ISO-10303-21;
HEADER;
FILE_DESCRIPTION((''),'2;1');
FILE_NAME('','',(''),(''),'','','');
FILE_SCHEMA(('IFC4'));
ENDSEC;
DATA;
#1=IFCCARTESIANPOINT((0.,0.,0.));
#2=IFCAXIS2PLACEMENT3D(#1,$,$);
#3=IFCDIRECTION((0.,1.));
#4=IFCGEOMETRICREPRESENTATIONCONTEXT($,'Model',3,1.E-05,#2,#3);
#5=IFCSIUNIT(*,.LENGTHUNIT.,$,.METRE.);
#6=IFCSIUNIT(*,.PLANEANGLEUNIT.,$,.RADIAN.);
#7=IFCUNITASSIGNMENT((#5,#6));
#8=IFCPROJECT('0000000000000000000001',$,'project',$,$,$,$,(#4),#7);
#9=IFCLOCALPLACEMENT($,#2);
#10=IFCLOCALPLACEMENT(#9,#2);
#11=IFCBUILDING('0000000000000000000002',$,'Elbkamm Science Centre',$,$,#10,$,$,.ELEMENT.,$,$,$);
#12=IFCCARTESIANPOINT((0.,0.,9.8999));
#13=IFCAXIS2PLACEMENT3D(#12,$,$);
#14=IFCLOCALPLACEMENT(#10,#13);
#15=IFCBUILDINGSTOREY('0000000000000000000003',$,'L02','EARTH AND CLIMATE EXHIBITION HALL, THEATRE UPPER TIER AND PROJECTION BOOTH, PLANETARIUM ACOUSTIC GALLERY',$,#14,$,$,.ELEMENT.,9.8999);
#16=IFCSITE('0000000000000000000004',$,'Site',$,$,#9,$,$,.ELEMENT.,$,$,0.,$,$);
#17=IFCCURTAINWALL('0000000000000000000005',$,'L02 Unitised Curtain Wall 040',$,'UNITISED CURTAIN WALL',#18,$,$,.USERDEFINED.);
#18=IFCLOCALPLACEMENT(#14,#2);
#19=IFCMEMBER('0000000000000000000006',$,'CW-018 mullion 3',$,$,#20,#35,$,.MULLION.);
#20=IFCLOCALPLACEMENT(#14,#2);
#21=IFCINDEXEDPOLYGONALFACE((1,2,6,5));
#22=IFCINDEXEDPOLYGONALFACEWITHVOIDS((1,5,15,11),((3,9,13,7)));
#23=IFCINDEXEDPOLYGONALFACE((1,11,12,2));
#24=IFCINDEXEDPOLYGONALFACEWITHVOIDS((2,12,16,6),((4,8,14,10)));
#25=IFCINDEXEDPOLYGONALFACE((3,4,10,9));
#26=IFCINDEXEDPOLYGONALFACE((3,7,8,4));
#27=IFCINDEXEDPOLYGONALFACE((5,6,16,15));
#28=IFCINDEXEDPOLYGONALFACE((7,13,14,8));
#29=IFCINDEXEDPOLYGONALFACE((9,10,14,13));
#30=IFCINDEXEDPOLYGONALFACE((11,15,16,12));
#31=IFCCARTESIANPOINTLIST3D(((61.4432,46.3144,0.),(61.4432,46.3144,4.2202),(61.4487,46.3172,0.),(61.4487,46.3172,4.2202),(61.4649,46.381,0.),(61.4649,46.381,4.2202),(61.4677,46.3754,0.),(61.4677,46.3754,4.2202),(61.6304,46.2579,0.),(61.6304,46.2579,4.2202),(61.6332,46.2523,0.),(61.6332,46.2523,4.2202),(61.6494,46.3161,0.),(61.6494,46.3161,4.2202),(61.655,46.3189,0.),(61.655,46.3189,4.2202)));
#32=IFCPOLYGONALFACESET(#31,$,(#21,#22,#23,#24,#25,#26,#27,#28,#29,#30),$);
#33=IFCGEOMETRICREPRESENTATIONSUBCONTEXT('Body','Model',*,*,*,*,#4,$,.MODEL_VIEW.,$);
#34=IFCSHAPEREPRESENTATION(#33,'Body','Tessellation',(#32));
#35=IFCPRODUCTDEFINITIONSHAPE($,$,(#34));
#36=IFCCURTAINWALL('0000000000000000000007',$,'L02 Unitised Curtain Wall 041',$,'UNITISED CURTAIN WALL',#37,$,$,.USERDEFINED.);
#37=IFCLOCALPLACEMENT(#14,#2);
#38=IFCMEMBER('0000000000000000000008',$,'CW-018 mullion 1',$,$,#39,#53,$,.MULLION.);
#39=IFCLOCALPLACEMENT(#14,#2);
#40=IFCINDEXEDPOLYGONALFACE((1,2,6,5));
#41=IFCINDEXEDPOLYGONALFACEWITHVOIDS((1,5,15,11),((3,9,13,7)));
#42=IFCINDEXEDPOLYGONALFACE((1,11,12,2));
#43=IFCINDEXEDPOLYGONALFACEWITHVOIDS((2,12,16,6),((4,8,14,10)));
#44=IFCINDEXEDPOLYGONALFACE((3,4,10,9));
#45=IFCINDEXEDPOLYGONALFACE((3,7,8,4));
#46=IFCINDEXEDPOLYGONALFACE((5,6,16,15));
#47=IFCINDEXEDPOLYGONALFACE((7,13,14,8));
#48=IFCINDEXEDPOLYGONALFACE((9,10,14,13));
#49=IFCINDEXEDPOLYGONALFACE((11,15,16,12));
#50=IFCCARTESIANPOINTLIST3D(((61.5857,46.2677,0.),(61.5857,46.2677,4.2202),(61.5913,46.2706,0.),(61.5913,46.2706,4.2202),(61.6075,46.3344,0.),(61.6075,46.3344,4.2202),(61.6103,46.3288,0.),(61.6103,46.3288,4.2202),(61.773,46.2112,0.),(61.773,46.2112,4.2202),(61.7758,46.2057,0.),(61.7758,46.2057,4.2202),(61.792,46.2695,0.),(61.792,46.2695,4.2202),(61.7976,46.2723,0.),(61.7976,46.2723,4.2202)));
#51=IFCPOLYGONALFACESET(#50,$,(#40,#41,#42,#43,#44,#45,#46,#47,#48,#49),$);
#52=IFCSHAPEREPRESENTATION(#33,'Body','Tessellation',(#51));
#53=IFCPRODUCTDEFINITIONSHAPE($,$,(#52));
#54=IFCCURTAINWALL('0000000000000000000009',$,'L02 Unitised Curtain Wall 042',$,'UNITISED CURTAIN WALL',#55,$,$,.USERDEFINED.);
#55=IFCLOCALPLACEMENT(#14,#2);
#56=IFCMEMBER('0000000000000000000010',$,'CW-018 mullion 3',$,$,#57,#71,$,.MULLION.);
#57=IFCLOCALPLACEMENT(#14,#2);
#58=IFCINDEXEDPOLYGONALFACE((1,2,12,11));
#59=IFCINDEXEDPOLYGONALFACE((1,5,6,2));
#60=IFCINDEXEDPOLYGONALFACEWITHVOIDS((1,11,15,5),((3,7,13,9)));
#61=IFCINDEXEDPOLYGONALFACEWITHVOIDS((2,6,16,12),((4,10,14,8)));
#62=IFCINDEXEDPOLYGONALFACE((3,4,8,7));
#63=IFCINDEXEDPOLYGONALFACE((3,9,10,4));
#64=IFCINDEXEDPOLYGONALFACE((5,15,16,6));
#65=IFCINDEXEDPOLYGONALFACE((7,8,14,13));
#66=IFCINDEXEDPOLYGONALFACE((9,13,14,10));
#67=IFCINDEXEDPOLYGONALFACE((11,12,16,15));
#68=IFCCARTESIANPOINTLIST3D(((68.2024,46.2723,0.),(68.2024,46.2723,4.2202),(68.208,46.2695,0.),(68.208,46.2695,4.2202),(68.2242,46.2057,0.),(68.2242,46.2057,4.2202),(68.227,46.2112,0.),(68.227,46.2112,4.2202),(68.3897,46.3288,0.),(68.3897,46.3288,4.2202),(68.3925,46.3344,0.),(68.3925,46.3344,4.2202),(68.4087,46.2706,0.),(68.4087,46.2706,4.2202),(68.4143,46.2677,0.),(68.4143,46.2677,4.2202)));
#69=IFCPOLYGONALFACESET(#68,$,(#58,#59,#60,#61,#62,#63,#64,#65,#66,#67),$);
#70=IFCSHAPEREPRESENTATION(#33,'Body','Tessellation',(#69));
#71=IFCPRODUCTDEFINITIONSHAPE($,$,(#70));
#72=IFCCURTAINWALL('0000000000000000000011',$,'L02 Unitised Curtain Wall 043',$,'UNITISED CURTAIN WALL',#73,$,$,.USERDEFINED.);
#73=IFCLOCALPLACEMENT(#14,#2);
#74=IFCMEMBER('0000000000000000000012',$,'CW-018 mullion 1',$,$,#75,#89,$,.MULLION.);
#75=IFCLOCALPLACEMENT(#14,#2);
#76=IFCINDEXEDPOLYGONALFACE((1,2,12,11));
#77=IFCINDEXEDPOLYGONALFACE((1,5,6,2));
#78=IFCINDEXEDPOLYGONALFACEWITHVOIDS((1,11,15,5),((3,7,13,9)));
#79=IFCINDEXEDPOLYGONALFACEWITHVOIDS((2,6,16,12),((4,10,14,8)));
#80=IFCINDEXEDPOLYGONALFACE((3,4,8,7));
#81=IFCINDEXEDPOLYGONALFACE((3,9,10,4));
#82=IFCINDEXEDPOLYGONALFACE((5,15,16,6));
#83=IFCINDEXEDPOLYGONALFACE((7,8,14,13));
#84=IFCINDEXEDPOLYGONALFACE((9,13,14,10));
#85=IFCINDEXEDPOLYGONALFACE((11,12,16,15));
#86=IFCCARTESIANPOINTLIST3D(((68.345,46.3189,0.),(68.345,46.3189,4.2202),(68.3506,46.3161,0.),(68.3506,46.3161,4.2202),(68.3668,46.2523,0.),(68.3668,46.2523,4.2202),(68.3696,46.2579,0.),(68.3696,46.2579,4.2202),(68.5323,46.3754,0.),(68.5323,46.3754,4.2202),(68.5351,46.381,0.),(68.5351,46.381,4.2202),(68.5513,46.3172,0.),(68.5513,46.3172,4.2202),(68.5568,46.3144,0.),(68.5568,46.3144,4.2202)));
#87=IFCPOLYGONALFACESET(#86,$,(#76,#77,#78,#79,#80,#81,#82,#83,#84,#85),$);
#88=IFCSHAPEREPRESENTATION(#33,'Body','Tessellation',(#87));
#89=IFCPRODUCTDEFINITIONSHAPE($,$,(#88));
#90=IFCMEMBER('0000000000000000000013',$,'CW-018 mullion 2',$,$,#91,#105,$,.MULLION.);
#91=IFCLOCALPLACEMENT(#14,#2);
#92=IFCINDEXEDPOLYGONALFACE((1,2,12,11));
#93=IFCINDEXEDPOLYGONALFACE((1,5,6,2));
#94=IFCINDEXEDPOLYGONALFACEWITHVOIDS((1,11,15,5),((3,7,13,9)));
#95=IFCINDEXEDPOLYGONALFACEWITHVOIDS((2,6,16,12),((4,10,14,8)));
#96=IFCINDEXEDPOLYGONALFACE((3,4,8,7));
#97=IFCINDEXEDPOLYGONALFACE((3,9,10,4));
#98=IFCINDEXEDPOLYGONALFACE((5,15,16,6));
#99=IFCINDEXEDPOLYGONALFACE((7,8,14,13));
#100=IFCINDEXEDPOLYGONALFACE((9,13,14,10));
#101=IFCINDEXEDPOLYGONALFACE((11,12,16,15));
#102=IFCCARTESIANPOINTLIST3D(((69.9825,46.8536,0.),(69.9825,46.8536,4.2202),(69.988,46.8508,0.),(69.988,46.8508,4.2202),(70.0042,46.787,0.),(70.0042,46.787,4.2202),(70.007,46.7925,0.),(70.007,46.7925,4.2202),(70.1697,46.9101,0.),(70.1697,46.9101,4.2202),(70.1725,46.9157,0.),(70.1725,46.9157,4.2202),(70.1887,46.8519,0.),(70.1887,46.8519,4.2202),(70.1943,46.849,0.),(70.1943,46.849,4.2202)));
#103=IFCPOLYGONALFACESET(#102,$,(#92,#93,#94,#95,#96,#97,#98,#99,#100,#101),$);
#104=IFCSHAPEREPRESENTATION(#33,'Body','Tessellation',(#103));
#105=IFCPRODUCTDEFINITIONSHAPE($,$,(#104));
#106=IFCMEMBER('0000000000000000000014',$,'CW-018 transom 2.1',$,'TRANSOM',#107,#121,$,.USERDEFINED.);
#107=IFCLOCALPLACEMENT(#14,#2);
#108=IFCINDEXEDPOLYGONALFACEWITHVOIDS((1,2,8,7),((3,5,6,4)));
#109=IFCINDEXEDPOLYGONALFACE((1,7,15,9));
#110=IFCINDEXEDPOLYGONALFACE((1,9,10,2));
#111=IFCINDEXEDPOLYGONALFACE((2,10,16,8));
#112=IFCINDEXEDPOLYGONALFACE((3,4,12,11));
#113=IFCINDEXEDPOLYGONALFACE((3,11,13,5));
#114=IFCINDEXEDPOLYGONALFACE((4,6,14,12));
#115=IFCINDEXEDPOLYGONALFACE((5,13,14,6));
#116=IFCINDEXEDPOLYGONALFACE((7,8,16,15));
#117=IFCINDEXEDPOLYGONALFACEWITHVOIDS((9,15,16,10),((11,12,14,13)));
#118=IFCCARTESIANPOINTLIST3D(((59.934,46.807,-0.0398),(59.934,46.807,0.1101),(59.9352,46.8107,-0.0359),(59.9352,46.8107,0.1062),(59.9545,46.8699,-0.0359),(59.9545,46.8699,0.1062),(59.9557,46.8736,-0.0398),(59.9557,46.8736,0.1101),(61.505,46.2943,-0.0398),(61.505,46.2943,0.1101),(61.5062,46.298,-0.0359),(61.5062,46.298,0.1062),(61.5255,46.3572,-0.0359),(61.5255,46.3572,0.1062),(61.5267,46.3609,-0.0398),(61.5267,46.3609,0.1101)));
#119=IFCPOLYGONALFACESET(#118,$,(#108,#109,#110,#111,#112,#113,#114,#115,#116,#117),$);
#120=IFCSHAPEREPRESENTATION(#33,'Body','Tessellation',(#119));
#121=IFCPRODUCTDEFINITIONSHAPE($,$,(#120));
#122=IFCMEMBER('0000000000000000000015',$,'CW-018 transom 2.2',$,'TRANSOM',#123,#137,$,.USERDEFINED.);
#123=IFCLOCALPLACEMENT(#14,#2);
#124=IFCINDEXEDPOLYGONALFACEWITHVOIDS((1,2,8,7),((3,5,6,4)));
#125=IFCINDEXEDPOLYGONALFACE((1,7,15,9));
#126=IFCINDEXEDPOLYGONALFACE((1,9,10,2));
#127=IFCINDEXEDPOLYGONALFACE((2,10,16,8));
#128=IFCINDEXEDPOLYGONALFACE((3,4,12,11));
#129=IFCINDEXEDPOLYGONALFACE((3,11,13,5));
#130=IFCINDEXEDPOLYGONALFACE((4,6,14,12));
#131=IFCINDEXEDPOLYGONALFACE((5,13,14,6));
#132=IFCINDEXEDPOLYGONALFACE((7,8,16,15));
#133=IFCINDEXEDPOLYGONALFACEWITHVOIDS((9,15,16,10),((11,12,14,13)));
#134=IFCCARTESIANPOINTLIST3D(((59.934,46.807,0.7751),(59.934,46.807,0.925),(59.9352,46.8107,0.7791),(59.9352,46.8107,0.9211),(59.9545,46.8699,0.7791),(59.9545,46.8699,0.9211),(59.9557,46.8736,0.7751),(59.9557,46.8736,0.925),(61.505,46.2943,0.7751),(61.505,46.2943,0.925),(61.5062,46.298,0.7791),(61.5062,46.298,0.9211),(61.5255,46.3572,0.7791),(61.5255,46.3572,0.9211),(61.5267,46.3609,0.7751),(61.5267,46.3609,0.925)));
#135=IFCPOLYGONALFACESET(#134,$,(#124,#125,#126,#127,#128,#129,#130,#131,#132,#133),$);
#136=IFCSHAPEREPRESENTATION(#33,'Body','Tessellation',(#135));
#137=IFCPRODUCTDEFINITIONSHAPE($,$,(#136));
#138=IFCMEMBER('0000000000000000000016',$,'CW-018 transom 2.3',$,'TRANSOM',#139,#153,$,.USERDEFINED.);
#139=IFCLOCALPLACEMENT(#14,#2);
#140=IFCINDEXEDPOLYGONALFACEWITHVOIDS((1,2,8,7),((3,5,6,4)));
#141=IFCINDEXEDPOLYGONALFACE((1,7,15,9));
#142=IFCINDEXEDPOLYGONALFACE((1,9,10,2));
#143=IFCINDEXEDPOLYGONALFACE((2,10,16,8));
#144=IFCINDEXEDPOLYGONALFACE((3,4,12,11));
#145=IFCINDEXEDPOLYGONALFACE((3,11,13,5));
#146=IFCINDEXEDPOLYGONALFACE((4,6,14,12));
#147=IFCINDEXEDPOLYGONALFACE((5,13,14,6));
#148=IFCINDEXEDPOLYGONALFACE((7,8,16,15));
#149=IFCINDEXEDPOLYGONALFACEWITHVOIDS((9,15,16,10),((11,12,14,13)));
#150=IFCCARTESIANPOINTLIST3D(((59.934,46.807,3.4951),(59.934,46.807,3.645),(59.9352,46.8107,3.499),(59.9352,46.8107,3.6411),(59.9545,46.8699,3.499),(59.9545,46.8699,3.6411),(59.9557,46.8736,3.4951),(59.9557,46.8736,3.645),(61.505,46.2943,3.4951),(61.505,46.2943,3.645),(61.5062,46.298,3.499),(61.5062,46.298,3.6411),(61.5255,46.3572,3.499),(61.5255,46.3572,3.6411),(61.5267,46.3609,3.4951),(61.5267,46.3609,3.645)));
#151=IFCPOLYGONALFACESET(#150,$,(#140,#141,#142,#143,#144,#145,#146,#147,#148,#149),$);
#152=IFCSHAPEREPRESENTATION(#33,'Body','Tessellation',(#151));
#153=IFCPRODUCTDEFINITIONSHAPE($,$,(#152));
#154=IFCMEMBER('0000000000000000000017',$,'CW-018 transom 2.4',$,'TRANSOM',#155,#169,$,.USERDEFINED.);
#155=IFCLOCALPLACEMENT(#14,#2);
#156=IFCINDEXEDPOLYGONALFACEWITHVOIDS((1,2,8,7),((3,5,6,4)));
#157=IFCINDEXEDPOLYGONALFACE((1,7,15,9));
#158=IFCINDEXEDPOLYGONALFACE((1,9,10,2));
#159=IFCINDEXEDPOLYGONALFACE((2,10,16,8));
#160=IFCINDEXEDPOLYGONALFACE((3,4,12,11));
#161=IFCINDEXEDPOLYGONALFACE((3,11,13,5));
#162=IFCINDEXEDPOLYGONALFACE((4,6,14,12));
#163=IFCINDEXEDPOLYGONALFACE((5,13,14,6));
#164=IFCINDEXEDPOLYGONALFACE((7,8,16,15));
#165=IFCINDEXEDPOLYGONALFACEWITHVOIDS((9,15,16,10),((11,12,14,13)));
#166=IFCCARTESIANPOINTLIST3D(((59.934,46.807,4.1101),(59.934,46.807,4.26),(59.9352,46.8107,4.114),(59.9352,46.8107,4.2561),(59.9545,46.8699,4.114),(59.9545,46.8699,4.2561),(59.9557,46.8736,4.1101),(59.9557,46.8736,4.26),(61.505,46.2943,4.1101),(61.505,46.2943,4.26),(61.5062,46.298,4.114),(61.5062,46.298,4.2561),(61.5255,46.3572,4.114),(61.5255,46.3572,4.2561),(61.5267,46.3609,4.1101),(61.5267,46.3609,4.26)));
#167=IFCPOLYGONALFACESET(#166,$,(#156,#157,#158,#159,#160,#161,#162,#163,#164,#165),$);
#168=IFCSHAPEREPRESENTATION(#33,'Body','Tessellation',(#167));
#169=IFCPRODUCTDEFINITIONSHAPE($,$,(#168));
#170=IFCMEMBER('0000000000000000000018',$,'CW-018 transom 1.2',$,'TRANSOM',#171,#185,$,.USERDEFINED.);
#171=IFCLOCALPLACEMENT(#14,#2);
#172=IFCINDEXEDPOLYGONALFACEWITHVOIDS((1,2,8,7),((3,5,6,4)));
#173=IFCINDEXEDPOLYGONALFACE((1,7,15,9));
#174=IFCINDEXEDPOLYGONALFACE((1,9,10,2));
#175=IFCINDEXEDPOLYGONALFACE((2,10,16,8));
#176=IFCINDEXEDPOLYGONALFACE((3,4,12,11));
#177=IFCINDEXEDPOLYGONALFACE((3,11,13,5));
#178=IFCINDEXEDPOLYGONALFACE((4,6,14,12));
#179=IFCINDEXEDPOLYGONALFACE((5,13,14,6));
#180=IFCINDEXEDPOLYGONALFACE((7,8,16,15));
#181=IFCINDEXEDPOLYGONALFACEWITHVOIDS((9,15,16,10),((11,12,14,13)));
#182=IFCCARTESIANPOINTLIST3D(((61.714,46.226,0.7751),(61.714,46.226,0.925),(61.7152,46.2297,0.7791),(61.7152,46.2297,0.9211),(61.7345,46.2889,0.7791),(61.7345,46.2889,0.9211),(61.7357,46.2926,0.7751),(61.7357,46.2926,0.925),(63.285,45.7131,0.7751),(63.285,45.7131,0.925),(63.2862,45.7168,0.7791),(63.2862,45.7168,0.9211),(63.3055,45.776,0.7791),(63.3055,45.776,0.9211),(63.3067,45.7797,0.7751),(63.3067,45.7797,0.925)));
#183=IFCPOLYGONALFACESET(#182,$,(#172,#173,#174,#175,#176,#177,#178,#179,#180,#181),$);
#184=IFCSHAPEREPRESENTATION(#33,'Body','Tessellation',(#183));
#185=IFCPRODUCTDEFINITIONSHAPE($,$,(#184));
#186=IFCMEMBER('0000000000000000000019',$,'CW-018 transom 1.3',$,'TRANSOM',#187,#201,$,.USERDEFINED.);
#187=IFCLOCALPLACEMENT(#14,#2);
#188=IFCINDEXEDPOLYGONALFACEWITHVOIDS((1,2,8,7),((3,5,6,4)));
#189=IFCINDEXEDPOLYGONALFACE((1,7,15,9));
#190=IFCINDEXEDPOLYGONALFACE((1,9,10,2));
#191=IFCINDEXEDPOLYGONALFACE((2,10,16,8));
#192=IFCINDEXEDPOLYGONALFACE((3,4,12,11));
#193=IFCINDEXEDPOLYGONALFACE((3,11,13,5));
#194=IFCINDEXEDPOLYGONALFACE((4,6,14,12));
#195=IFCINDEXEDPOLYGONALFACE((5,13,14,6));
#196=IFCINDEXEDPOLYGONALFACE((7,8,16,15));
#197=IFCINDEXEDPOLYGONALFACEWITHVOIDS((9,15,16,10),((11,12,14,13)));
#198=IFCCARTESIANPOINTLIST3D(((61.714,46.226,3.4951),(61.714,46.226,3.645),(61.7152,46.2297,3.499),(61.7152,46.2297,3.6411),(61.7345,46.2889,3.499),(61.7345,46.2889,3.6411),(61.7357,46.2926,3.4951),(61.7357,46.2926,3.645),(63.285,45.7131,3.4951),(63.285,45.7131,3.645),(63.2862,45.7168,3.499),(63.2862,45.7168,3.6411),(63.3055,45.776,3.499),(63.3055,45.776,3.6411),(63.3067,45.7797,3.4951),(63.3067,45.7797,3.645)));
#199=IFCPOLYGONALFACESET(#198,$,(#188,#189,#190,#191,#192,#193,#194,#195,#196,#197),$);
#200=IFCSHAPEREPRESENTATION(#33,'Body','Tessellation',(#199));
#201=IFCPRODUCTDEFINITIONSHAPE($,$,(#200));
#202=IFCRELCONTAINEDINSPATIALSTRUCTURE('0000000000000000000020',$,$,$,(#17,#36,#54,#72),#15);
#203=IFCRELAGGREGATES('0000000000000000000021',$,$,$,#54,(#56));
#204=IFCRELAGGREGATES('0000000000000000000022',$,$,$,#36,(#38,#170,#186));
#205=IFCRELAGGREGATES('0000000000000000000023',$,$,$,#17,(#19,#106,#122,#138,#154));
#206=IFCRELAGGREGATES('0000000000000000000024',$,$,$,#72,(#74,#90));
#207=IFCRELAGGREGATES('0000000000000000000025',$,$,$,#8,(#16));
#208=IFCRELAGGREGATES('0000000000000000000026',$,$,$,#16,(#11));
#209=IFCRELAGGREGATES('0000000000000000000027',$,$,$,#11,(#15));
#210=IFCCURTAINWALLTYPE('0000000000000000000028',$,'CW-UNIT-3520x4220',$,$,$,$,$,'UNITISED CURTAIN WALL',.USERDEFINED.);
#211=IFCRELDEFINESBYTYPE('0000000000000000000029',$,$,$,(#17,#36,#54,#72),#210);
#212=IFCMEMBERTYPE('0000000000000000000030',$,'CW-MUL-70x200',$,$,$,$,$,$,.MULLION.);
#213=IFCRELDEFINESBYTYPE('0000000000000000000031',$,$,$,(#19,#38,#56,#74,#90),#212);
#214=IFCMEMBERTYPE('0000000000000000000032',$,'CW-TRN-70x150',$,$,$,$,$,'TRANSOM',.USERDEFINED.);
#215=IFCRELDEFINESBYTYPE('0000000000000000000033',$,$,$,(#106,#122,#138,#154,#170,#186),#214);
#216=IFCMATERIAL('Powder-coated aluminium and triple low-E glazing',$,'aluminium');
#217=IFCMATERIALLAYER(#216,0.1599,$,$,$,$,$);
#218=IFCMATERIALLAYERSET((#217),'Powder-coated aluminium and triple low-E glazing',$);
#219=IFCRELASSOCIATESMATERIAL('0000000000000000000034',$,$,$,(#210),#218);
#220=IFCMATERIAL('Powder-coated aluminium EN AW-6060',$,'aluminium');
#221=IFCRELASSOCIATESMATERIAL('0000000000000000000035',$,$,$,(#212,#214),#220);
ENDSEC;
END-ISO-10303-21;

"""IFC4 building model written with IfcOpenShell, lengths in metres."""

from ifc_helpers import new_model, si_unit, direction, frame, origin, origin_2d, place, context, subcontext, project, spatial, hollow_rectangle, extrude, material, layer, layer_set, material_profile, profile_set, type_object, element, aggregate, save


model = new_model("IFC4")

# Units and contexts
model_context = context("Model", 3, precision=1e-05, world=origin(), true_north=direction((0.0, 1.0)))
body_context = subcontext(model_context, "Body", "Model", "MODEL_VIEW")
ifc_project = project(units=[si_unit("LENGTHUNIT", "METRE"), si_unit("PLANEANGLEUNIT", "RADIAN")], contexts=[model_context])

# Site, building, storey
site_placement = place(None, origin())
site = spatial("IfcSite", under=ifc_project, at=site_placement, Name="Site", CompositionType="ELEMENT", RefElevation=0.0)
building_placement = place(site_placement, origin())
building = spatial("IfcBuilding", under=site, at=building_placement, Name="Elbkamm Science Centre", CompositionType="ELEMENT")
storey_placement = place(building_placement, frame((0.0, 0.0, 9.8999)))
storey = spatial("IfcBuildingStorey", under=building, at=storey_placement, Name="L02", Description="EARTH AND CLIMATE EXHIBITION HALL, THEATRE UPPER TIER AND PROJECTION BOOTH, PLANETARIUM ACOUSTIC GALLERY", CompositionType="ELEMENT", Elevation=9.8999)

# Curtain walls, members
ifc_material_1 = material(Name="Powder-coated aluminium and triple low-E glazing", Category="aluminium")
ifc_layer_1 = layer(ifc_material_1, 0.1599)
ifc_layer_set_1 = layer_set([ifc_layer_1], Name="Powder-coated aluminium and triple low-E glazing")
curtain_wall_type = type_object("IfcCurtainWallType", Name="CW-UNIT-3520x4220", ElementType="UNITISED CURTAIN WALL", PredefinedType="USERDEFINED", material=ifc_layer_set_1)
curtain_wall_1_placement = place(storey_placement, origin())
curtain_wall_1 = element("IfcCurtainWall", 1, at=curtain_wall_1_placement, inside=storey, type_object=curtain_wall_type, Name="L02 Unitised Curtain Wall 040", ObjectType="UNITISED CURTAIN WALL", PredefinedType="USERDEFINED")
ifc_material_2 = material(Name="Powder-coated aluminium EN AW-6060", Category="aluminium")
ifc_material_profile_1 = material_profile(ifc_material_2, hollow_rectangle(XDim=0.0701, YDim=0.2, WallThickness=0.0044, at=origin_2d()), Name="ALU M70x200")
ifc_profile_set_1 = profile_set([ifc_material_profile_1], Name="Powder-coated aluminium EN AW-6060")
member_type_1 = type_object("IfcMemberType", Name="CW-MUL-70x200", PredefinedType="MULLION", material=ifc_profile_set_1)
member_1_placement = place(storey_placement, frame((61.5491, 46.3167, 0.0), z_axis=(0.0, 0.0, 1.0), x_axis=(0.310367, 0.950617, 0.0)))
member_1 = element("IfcMember", 2, at=member_1_placement, type_object=member_type_1, Name="CW-018 mullion 3", PredefinedType="MULLION", context=body_context, shape_type="SweptSolid", body=[
    extrude(hollow_rectangle(XDim=0.0701, YDim=0.2, WallThickness=0.0044, at=origin_2d()), origin(), (0.0, 0.0, 1.0), 4.2202),
])
curtain_wall_2_placement = place(storey_placement, origin())
curtain_wall_2 = element("IfcCurtainWall", 3, at=curtain_wall_2_placement, inside=storey, type_object=curtain_wall_type, Name="L02 Unitised Curtain Wall 041", ObjectType="UNITISED CURTAIN WALL", PredefinedType="USERDEFINED")
member_2_placement = place(storey_placement, frame((61.6917, 46.27, 0.0), z_axis=(0.0, 0.0, 1.0), x_axis=(0.310367, 0.950617, 0.0)))
member_2 = element("IfcMember", 4, at=member_2_placement, type_object=member_type_1, Name="CW-018 mullion 1", PredefinedType="MULLION", context=body_context, shape_type="SweptSolid", body=[
    extrude(hollow_rectangle(XDim=0.0701, YDim=0.2, WallThickness=0.0044, at=origin_2d()), origin(), (0.0, 0.0, 1.0), 4.2202),
])
curtain_wall_3_placement = place(storey_placement, origin())
curtain_wall_3 = element("IfcCurtainWall", 5, at=curtain_wall_3_placement, inside=storey, type_object=curtain_wall_type, Name="L02 Unitised Curtain Wall 042", ObjectType="UNITISED CURTAIN WALL", PredefinedType="USERDEFINED")
member_3_placement = place(storey_placement, frame((68.3083, 46.27, 0.0), z_axis=(0.0, 0.0, 1.0), x_axis=(-0.310367, 0.950617, 0.0)))
member_3 = element("IfcMember", 6, at=member_3_placement, type_object=member_type_1, Name="CW-018 mullion 3", PredefinedType="MULLION", context=body_context, shape_type="SweptSolid", body=[
    extrude(hollow_rectangle(XDim=0.0701, YDim=0.2, WallThickness=0.0044, at=origin_2d()), origin(), (0.0, 0.0, 1.0), 4.2202),
])
aggregate(curtain_wall_3, [member_3])

# Curtain wall, members
curtain_wall_4_placement = place(storey_placement, origin())
curtain_wall_4 = element("IfcCurtainWall", 7, at=curtain_wall_4_placement, inside=storey, type_object=curtain_wall_type, Name="L02 Unitised Curtain Wall 043", ObjectType="UNITISED CURTAIN WALL", PredefinedType="USERDEFINED")
member_4_placement = place(storey_placement, frame((68.4509, 46.3167, 0.0), z_axis=(0.0, 0.0, 1.0), x_axis=(-0.310367, 0.950617, 0.0)))
member_4 = element("IfcMember", 8, at=member_4_placement, type_object=member_type_1, Name="CW-018 mullion 1", PredefinedType="MULLION", context=body_context, shape_type="SweptSolid", body=[
    extrude(hollow_rectangle(XDim=0.0701, YDim=0.2, WallThickness=0.0044, at=origin_2d()), origin(), (0.0, 0.0, 1.0), 4.2202),
])
member_5_placement = place(storey_placement, frame((70.0884, 46.8513, 0.0), z_axis=(0.0, 0.0, 1.0), x_axis=(-0.310367, 0.950617, 0.0)))
member_5 = element("IfcMember", 9, at=member_5_placement, type_object=member_type_1, Name="CW-018 mullion 2", PredefinedType="MULLION", context=body_context, shape_type="SweptSolid", body=[
    extrude(hollow_rectangle(XDim=0.0701, YDim=0.2, WallThickness=0.0044, at=origin_2d()), origin(), (0.0, 0.0, 1.0), 4.2202),
])

# Members
ifc_material_profile_2 = material_profile(ifc_material_2, hollow_rectangle(XDim=0.0701, YDim=0.1499, WallThickness=0.0039, at=origin_2d()), Name="ALU T70x150")
ifc_profile_set_2 = profile_set([ifc_material_profile_2], Name="Powder-coated aluminium EN AW-6060")
member_type_2 = type_object("IfcMemberType", Name="CW-TRN-70x150", ElementType="TRANSOM", PredefinedType="USERDEFINED", material=ifc_profile_set_2)
member_6_placement = place(storey_placement, frame((59.9448, 46.8403, 0.0352), z_axis=(0.950659, -0.310238, 0.0), x_axis=(0.310238, 0.950659, 0.0)))
member_6 = element("IfcMember", 10, at=member_6_placement, type_object=member_type_2, Name="CW-018 transom 2.1", ObjectType="TRANSOM", PredefinedType="USERDEFINED", context=body_context, shape_type="SweptSolid", body=[
    extrude(hollow_rectangle(XDim=0.0701, YDim=0.1499, WallThickness=0.0039, at=origin_2d()), origin(), (0.0, 0.0, 1.0), 1.6526),
])
member_7_placement = place(storey_placement, frame((59.9448, 46.8403, 0.8501), z_axis=(0.950659, -0.310238, 0.0), x_axis=(0.310238, 0.950659, 0.0)))
member_7 = element("IfcMember", 11, at=member_7_placement, type_object=member_type_2, Name="CW-018 transom 2.2", ObjectType="TRANSOM", PredefinedType="USERDEFINED", context=body_context, shape_type="SweptSolid", body=[
    extrude(hollow_rectangle(XDim=0.0701, YDim=0.1499, WallThickness=0.0039, at=origin_2d()), origin(), (0.0, 0.0, 1.0), 1.6526),
])
member_8_placement = place(storey_placement, frame((59.9448, 46.8403, 3.5701), z_axis=(0.950659, -0.310238, 0.0), x_axis=(0.310238, 0.950659, 0.0)))
member_8 = element("IfcMember", 12, at=member_8_placement, type_object=member_type_2, Name="CW-018 transom 2.3", ObjectType="TRANSOM", PredefinedType="USERDEFINED", context=body_context, shape_type="SweptSolid", body=[
    extrude(hollow_rectangle(XDim=0.0701, YDim=0.1499, WallThickness=0.0039, at=origin_2d()), origin(), (0.0, 0.0, 1.0), 1.6526),
])
member_9_placement = place(storey_placement, frame((59.9448, 46.8403, 4.1851), z_axis=(0.950659, -0.310238, 0.0), x_axis=(0.310238, 0.950659, 0.0)))
member_9 = element("IfcMember", 13, at=member_9_placement, type_object=member_type_2, Name="CW-018 transom 2.4", ObjectType="TRANSOM", PredefinedType="USERDEFINED", context=body_context, shape_type="SweptSolid", body=[
    extrude(hollow_rectangle(XDim=0.0701, YDim=0.1499, WallThickness=0.0039, at=origin_2d()), origin(), (0.0, 0.0, 1.0), 1.6526),
])
member_10_placement = place(storey_placement, frame((61.7249, 46.2593, 0.8501), z_axis=(0.950615, -0.310372, 0.0), x_axis=(0.310372, 0.950615, 0.0)))
member_10 = element("IfcMember", 14, at=member_10_placement, type_object=member_type_2, Name="CW-018 transom 1.2", ObjectType="TRANSOM", PredefinedType="USERDEFINED", context=body_context, shape_type="SweptSolid", body=[
    extrude(hollow_rectangle(XDim=0.0701, YDim=0.1499, WallThickness=0.0039, at=origin_2d()), origin(), (0.0, 0.0, 1.0), 1.6526),
])
member_11_placement = place(storey_placement, frame((61.7249, 46.2593, 3.5701), z_axis=(0.950615, -0.310372, 0.0), x_axis=(0.310372, 0.950615, 0.0)))
member_11 = element("IfcMember", 15, at=member_11_placement, type_object=member_type_2, Name="CW-018 transom 1.3", ObjectType="TRANSOM", PredefinedType="USERDEFINED", context=body_context, shape_type="SweptSolid", body=[
    extrude(hollow_rectangle(XDim=0.0701, YDim=0.1499, WallThickness=0.0039, at=origin_2d()), origin(), (0.0, 0.0, 1.0), 1.6526),
])
aggregate(curtain_wall_2, [member_2, member_10, member_11])

aggregate(curtain_wall_1, [member_1, member_6, member_7, member_8, member_9])
aggregate(curtain_wall_4, [member_4, member_5])

save(model, "model.ifc")
